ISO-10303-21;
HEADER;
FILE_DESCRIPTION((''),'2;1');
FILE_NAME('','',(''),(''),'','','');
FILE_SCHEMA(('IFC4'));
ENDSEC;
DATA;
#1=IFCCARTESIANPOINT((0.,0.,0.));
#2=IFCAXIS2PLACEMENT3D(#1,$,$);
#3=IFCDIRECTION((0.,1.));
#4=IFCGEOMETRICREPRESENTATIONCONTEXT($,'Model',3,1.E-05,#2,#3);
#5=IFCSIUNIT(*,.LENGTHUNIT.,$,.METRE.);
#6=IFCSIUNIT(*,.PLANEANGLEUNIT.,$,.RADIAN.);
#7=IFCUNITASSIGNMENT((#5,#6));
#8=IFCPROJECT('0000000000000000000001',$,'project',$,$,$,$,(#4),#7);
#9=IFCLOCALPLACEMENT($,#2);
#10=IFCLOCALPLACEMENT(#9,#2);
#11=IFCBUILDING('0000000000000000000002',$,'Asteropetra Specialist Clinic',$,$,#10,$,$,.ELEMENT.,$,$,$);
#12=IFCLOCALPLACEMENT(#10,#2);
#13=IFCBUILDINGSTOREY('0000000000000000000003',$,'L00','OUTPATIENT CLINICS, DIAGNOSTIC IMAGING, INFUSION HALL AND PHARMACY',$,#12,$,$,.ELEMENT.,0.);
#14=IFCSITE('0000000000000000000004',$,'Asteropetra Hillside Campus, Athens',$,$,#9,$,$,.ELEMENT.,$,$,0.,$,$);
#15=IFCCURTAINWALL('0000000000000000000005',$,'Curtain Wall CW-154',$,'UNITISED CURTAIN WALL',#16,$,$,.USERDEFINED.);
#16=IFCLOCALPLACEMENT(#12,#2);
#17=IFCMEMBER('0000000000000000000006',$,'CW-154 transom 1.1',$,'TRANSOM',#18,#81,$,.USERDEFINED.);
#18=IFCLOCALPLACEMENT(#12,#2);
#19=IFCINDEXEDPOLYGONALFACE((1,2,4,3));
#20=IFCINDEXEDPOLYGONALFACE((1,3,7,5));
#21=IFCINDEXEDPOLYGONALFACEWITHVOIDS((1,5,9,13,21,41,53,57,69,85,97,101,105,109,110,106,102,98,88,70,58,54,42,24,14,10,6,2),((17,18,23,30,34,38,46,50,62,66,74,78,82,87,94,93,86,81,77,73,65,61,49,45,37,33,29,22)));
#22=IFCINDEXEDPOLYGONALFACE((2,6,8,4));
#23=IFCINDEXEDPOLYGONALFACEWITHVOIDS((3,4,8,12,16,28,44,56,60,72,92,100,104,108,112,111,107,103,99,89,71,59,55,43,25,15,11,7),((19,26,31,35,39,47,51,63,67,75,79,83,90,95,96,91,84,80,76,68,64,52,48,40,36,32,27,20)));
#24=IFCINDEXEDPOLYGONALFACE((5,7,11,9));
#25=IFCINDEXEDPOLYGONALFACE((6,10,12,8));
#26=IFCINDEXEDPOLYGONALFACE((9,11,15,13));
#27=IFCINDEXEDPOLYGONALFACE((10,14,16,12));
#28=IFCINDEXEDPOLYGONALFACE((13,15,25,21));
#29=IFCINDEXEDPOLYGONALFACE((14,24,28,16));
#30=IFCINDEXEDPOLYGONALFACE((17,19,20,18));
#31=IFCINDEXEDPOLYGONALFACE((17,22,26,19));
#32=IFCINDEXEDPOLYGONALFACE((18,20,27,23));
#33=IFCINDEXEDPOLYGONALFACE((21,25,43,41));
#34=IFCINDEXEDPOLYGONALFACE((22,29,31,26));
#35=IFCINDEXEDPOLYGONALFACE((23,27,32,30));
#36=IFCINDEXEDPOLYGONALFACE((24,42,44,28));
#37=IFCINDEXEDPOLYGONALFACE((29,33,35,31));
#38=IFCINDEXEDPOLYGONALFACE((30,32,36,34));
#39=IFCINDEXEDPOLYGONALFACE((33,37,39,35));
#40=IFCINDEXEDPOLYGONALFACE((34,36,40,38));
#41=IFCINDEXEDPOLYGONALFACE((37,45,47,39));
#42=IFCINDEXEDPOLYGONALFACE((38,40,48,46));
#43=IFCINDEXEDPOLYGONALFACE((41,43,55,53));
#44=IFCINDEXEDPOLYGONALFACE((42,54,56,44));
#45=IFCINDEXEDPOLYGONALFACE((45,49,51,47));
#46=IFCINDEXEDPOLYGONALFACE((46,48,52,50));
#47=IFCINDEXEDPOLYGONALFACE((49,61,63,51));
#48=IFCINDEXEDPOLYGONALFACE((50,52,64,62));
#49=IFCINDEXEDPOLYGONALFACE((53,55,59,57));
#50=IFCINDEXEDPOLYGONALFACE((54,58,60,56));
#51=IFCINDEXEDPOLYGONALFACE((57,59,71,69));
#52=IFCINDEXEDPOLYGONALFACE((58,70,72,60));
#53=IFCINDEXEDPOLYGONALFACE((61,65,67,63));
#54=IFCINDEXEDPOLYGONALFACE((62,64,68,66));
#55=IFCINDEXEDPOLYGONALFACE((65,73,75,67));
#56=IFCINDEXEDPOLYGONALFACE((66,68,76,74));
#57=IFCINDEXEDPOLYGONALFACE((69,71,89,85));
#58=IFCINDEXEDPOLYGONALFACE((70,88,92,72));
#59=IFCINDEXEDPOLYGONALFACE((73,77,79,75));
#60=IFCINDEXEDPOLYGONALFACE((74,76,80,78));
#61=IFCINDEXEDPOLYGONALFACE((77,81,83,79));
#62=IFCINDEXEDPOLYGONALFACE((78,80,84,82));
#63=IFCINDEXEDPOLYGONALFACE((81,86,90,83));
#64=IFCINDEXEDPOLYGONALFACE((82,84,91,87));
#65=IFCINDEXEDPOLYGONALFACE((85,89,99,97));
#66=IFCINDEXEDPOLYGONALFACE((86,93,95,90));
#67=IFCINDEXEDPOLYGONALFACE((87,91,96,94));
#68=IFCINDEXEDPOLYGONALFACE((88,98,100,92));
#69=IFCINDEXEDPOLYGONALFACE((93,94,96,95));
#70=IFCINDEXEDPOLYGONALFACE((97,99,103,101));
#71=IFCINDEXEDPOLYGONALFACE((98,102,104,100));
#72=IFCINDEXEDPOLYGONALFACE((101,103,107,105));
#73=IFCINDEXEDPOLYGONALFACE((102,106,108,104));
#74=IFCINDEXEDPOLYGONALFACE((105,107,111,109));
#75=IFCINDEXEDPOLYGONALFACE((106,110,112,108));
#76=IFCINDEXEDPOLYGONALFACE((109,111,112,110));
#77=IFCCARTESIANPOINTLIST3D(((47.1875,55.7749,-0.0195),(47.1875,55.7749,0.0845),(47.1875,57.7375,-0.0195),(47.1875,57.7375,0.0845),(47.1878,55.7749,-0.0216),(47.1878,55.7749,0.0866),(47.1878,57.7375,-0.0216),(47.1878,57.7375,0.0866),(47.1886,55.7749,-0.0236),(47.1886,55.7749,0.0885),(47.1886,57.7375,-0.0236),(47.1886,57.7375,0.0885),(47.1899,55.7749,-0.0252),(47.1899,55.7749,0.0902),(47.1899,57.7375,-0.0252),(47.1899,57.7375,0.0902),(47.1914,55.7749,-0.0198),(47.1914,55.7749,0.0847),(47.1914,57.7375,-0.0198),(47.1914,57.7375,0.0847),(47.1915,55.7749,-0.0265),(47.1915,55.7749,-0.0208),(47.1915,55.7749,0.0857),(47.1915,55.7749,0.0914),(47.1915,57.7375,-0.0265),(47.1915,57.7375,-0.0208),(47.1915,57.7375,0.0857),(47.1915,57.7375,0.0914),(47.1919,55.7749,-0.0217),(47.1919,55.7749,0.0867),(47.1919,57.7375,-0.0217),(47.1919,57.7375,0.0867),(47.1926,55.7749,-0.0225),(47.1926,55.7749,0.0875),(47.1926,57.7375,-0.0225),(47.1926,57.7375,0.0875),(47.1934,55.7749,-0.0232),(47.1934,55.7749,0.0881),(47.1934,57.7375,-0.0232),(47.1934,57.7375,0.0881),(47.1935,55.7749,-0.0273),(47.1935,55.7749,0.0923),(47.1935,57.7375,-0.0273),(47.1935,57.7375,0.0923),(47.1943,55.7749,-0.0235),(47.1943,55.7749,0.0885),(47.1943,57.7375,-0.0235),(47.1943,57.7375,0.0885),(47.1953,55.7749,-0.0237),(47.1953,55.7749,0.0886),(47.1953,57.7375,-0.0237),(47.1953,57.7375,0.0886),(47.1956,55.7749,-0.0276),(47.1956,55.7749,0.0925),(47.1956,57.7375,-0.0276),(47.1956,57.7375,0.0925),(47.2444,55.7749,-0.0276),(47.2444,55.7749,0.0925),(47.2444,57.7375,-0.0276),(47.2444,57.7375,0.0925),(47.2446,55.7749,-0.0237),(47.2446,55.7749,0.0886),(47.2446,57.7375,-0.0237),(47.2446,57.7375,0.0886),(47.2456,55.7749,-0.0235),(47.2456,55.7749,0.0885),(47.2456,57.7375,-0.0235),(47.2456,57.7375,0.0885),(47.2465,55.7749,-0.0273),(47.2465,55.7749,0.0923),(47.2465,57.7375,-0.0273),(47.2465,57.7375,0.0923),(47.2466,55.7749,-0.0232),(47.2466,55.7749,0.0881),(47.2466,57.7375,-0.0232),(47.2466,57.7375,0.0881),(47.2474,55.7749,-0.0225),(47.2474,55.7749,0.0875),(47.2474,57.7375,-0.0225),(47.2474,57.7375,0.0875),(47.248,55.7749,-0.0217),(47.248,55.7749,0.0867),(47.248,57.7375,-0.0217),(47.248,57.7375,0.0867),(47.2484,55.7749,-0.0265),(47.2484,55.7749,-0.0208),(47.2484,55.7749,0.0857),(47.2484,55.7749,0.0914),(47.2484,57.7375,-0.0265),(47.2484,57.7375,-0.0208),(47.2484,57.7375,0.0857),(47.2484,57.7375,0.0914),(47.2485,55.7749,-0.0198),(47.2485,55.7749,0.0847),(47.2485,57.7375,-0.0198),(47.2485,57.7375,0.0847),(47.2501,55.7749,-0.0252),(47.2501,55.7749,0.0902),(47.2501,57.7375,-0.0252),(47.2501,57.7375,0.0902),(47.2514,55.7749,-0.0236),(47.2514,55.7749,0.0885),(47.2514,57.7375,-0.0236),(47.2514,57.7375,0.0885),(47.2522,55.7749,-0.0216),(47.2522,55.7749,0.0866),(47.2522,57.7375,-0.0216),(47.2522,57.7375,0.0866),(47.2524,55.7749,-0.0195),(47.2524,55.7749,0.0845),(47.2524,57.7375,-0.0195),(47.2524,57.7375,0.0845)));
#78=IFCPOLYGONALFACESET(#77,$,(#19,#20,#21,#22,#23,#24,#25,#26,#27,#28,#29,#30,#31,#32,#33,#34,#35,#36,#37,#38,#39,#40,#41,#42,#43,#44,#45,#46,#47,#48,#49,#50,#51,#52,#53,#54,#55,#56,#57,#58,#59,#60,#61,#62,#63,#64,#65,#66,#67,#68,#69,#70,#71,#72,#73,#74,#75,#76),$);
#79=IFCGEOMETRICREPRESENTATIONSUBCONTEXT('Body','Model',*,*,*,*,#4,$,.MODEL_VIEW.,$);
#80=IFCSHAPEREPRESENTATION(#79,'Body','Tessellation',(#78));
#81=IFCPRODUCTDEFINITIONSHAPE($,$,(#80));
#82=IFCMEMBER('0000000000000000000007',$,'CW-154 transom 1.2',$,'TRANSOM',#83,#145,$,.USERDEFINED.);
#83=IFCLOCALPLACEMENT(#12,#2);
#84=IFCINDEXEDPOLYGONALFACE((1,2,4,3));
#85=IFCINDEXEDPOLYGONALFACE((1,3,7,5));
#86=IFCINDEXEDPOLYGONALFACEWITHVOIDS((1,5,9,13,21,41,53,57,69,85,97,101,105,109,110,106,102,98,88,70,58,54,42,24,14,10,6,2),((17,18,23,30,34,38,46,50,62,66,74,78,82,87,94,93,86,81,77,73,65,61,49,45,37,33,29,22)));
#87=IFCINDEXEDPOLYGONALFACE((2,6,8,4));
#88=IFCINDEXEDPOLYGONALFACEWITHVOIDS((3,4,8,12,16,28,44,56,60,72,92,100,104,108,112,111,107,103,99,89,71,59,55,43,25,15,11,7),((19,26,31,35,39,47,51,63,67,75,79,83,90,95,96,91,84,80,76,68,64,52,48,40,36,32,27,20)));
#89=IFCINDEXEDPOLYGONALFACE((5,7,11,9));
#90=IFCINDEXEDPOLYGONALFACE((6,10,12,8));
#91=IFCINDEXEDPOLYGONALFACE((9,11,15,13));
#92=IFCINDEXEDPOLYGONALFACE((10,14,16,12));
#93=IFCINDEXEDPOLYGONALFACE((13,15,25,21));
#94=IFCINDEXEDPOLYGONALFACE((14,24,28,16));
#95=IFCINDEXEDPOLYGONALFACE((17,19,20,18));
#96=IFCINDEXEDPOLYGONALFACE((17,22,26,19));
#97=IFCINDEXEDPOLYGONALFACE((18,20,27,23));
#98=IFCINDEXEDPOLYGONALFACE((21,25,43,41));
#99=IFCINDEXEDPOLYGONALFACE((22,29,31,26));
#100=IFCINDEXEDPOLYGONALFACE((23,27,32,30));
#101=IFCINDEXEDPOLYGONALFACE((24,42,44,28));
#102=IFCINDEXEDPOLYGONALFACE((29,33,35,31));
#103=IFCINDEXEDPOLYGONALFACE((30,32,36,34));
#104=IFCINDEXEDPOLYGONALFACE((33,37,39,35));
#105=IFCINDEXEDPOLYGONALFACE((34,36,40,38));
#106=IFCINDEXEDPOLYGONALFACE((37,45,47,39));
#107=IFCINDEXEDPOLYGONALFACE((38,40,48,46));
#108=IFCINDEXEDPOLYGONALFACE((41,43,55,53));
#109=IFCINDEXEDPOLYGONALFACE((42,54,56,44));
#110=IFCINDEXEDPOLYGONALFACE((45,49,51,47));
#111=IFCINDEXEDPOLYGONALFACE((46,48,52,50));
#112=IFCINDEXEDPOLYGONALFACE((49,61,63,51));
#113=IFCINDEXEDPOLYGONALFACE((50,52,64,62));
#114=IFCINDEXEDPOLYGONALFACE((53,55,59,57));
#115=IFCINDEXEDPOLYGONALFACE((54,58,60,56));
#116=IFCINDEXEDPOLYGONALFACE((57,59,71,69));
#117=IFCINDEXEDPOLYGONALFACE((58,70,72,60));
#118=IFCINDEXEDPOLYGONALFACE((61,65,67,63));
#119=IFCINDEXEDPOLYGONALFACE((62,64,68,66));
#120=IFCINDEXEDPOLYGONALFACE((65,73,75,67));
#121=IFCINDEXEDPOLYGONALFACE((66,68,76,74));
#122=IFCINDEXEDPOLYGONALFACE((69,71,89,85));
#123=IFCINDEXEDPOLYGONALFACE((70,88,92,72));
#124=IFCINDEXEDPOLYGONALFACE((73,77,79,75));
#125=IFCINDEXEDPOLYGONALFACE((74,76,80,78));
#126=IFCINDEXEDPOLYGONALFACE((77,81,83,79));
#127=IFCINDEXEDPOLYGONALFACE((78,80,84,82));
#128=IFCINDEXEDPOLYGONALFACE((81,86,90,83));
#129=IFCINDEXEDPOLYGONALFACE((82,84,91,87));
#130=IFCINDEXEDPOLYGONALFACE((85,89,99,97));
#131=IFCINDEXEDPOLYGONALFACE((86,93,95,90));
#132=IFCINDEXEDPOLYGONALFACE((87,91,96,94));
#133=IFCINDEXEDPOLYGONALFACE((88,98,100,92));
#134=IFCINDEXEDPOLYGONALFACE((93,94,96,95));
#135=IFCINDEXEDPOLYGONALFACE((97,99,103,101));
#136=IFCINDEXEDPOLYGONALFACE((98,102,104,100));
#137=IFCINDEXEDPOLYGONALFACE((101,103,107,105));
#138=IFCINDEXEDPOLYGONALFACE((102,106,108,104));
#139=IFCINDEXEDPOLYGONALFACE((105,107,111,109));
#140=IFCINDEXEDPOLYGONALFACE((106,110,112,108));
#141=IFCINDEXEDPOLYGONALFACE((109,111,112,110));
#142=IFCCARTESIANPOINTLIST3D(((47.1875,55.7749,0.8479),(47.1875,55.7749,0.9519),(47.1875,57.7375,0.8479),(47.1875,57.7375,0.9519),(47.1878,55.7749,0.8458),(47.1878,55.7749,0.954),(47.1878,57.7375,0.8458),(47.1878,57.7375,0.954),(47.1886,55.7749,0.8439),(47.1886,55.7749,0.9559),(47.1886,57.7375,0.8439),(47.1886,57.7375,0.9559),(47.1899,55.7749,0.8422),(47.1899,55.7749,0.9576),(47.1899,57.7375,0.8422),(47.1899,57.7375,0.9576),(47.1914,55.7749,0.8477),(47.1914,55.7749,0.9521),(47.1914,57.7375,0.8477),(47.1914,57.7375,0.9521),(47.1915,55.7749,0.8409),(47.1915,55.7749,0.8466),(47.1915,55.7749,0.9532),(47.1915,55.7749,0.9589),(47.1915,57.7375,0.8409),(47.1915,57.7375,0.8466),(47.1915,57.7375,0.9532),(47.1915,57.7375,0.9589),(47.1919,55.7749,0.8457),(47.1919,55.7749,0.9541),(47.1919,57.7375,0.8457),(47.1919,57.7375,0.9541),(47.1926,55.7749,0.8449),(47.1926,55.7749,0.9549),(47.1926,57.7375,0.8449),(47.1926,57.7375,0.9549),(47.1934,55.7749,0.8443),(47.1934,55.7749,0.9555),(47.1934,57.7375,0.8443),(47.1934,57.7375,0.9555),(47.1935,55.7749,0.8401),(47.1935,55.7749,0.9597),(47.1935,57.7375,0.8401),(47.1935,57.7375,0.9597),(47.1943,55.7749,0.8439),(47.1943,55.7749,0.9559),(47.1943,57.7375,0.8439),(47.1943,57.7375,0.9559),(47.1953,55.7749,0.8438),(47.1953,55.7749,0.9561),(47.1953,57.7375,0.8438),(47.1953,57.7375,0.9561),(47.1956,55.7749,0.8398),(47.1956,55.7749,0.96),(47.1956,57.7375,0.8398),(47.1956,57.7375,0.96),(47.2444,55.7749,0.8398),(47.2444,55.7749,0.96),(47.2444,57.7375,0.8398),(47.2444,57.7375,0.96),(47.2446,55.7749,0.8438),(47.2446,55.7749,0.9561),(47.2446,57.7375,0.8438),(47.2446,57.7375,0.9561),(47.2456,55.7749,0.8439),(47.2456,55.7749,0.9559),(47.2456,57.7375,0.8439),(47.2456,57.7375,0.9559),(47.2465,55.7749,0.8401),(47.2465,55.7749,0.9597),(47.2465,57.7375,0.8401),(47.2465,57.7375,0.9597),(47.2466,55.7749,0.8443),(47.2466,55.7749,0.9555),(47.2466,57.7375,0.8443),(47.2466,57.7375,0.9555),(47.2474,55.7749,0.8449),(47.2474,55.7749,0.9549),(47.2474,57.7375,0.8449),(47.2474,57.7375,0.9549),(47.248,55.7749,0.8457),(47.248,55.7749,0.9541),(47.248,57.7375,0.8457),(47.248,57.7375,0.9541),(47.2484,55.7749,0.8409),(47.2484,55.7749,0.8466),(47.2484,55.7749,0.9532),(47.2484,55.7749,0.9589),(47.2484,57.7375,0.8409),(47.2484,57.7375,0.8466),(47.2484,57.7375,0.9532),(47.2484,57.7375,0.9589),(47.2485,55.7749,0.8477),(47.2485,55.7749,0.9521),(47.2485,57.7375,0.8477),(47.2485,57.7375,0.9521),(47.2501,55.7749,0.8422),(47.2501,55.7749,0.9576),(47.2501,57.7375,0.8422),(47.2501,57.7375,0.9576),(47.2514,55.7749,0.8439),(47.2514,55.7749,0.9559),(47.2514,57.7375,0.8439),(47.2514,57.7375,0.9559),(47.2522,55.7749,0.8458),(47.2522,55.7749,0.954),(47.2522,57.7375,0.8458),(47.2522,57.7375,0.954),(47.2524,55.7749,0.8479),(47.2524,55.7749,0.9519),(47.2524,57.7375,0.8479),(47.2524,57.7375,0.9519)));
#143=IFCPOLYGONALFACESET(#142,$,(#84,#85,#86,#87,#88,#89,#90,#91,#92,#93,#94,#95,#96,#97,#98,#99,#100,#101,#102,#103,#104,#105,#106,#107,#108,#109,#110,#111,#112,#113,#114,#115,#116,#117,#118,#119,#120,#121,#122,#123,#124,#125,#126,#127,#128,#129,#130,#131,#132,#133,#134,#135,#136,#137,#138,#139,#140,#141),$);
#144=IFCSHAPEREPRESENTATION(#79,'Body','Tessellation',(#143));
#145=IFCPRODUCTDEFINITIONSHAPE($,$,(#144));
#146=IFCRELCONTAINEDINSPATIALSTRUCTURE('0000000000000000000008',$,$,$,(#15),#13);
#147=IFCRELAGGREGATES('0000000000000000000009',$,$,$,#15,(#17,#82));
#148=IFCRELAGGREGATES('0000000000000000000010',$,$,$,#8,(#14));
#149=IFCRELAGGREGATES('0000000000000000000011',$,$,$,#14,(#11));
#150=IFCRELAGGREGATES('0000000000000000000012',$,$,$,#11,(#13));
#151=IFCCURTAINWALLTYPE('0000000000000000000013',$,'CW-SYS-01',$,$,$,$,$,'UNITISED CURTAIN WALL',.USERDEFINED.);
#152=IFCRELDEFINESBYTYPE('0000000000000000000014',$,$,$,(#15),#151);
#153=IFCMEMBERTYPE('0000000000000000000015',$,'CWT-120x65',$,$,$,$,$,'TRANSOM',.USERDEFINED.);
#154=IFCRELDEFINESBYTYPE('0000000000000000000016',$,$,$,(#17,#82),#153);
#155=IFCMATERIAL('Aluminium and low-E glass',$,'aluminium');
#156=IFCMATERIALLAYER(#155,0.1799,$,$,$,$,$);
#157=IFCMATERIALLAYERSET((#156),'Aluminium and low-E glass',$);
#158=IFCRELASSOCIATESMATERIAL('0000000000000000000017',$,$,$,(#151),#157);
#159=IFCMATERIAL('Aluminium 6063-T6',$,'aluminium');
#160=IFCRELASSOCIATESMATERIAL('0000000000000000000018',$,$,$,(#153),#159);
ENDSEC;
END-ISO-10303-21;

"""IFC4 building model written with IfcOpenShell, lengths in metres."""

from ifc_helpers import new_model, si_unit, direction, frame, origin, origin_2d, place, context, subcontext, project, spatial, hollow_rectangle, extrude, material, layer, layer_set, material_profile, profile_set, type_object, element, aggregate, save


model = new_model("IFC4")

# Units and contexts
model_context = context("Model", 3, precision=1e-05, world=origin(), true_north=direction((0.0, 1.0)))
body_context = subcontext(model_context, "Body", "Model", "MODEL_VIEW")
ifc_project = project(units=[si_unit("LENGTHUNIT", "METRE"), si_unit("PLANEANGLEUNIT", "RADIAN")], contexts=[model_context])

# Site, building, storey
site_placement = place(None, origin())
site = spatial("IfcSite", under=ifc_project, at=site_placement, Name="Asteropetra Hillside Campus, Athens", CompositionType="ELEMENT", RefElevation=0.0)
building_placement = place(site_placement, origin())
building = spatial("IfcBuilding", under=site, at=building_placement, Name="Asteropetra Specialist Clinic", CompositionType="ELEMENT")
storey_placement = place(building_placement, origin())
storey = spatial("IfcBuildingStorey", under=building, at=storey_placement, Name="L00", Description="OUTPATIENT CLINICS, DIAGNOSTIC IMAGING, INFUSION HALL AND PHARMACY", CompositionType="ELEMENT", Elevation=0.0)

# Curtain wall, members
ifc_material_1 = material(Name="Aluminium and low-E glass", Category="aluminium")
ifc_layer_1 = layer(ifc_material_1, 0.1799)
ifc_layer_set_1 = layer_set([ifc_layer_1], Name="Aluminium and low-E glass")
curtain_wall_type = type_object("IfcCurtainWallType", Name="CW-SYS-01", ElementType="UNITISED CURTAIN WALL", PredefinedType="USERDEFINED", material=ifc_layer_set_1)
curtain_wall_placement = place(storey_placement, origin())
curtain_wall = element("IfcCurtainWall", 1, at=curtain_wall_placement, inside=storey, type_object=curtain_wall_type, Name="Curtain Wall CW-154", ObjectType="UNITISED CURTAIN WALL", PredefinedType="USERDEFINED")
ifc_material_2 = material(Name="Aluminium 6063-T6", Category="aluminium")
ifc_material_profile_1 = material_profile(ifc_material_2, hollow_rectangle(XDim=0.0649, YDim=0.1201, WallThickness=0.0039, InnerFilletRadius=0.0039, OuterFilletRadius=0.0081, at=origin_2d()), Name="TRN 120x65x4.0")
ifc_profile_set_1 = profile_set([ifc_material_profile_1], Name="Aluminium 6063-T6")
member_type_1 = type_object("IfcMemberType", Name="CWT-120x65", ElementType="TRANSOM", PredefinedType="USERDEFINED", material=ifc_profile_set_1)
member_1_placement = place(storey_placement, frame((47.22, 55.7749, 0.0325), z_axis=(0.0, 1.0, 0.0), x_axis=(-1.0, 0.0, 0.0)))
member_1 = element("IfcMember", 2, at=member_1_placement, type_object=member_type_1, Name="CW-154 transom 1.1", ObjectType="TRANSOM", PredefinedType="USERDEFINED", context=body_context, shape_type="SweptSolid", body=[
    extrude(hollow_rectangle(XDim=0.0649, YDim=0.1201, WallThickness=0.0039, InnerFilletRadius=0.0039, OuterFilletRadius=0.0081, at=origin_2d()), origin(), (0.0, 0.0, 1.0), 1.9626),
])
member_2_placement = place(storey_placement, frame((47.22, 55.7749, 0.8999), z_axis=(0.0, 1.0, 0.0), x_axis=(-1.0, 0.0, 0.0)))
member_2 = element("IfcMember", 3, at=member_2_placement, type_object=member_type_1, Name="CW-154 transom 1.2", ObjectType="TRANSOM", PredefinedType="USERDEFINED", context=body_context, shape_type="SweptSolid", body=[
    extrude(hollow_rectangle(XDim=0.0649, YDim=0.1201, WallThickness=0.0039, InnerFilletRadius=0.0039, OuterFilletRadius=0.0081, at=origin_2d()), origin(), (0.0, 0.0, 1.0), 1.9626),
])

aggregate(curtain_wall, [member_1, member_2])

save(model, "model.ifc")
